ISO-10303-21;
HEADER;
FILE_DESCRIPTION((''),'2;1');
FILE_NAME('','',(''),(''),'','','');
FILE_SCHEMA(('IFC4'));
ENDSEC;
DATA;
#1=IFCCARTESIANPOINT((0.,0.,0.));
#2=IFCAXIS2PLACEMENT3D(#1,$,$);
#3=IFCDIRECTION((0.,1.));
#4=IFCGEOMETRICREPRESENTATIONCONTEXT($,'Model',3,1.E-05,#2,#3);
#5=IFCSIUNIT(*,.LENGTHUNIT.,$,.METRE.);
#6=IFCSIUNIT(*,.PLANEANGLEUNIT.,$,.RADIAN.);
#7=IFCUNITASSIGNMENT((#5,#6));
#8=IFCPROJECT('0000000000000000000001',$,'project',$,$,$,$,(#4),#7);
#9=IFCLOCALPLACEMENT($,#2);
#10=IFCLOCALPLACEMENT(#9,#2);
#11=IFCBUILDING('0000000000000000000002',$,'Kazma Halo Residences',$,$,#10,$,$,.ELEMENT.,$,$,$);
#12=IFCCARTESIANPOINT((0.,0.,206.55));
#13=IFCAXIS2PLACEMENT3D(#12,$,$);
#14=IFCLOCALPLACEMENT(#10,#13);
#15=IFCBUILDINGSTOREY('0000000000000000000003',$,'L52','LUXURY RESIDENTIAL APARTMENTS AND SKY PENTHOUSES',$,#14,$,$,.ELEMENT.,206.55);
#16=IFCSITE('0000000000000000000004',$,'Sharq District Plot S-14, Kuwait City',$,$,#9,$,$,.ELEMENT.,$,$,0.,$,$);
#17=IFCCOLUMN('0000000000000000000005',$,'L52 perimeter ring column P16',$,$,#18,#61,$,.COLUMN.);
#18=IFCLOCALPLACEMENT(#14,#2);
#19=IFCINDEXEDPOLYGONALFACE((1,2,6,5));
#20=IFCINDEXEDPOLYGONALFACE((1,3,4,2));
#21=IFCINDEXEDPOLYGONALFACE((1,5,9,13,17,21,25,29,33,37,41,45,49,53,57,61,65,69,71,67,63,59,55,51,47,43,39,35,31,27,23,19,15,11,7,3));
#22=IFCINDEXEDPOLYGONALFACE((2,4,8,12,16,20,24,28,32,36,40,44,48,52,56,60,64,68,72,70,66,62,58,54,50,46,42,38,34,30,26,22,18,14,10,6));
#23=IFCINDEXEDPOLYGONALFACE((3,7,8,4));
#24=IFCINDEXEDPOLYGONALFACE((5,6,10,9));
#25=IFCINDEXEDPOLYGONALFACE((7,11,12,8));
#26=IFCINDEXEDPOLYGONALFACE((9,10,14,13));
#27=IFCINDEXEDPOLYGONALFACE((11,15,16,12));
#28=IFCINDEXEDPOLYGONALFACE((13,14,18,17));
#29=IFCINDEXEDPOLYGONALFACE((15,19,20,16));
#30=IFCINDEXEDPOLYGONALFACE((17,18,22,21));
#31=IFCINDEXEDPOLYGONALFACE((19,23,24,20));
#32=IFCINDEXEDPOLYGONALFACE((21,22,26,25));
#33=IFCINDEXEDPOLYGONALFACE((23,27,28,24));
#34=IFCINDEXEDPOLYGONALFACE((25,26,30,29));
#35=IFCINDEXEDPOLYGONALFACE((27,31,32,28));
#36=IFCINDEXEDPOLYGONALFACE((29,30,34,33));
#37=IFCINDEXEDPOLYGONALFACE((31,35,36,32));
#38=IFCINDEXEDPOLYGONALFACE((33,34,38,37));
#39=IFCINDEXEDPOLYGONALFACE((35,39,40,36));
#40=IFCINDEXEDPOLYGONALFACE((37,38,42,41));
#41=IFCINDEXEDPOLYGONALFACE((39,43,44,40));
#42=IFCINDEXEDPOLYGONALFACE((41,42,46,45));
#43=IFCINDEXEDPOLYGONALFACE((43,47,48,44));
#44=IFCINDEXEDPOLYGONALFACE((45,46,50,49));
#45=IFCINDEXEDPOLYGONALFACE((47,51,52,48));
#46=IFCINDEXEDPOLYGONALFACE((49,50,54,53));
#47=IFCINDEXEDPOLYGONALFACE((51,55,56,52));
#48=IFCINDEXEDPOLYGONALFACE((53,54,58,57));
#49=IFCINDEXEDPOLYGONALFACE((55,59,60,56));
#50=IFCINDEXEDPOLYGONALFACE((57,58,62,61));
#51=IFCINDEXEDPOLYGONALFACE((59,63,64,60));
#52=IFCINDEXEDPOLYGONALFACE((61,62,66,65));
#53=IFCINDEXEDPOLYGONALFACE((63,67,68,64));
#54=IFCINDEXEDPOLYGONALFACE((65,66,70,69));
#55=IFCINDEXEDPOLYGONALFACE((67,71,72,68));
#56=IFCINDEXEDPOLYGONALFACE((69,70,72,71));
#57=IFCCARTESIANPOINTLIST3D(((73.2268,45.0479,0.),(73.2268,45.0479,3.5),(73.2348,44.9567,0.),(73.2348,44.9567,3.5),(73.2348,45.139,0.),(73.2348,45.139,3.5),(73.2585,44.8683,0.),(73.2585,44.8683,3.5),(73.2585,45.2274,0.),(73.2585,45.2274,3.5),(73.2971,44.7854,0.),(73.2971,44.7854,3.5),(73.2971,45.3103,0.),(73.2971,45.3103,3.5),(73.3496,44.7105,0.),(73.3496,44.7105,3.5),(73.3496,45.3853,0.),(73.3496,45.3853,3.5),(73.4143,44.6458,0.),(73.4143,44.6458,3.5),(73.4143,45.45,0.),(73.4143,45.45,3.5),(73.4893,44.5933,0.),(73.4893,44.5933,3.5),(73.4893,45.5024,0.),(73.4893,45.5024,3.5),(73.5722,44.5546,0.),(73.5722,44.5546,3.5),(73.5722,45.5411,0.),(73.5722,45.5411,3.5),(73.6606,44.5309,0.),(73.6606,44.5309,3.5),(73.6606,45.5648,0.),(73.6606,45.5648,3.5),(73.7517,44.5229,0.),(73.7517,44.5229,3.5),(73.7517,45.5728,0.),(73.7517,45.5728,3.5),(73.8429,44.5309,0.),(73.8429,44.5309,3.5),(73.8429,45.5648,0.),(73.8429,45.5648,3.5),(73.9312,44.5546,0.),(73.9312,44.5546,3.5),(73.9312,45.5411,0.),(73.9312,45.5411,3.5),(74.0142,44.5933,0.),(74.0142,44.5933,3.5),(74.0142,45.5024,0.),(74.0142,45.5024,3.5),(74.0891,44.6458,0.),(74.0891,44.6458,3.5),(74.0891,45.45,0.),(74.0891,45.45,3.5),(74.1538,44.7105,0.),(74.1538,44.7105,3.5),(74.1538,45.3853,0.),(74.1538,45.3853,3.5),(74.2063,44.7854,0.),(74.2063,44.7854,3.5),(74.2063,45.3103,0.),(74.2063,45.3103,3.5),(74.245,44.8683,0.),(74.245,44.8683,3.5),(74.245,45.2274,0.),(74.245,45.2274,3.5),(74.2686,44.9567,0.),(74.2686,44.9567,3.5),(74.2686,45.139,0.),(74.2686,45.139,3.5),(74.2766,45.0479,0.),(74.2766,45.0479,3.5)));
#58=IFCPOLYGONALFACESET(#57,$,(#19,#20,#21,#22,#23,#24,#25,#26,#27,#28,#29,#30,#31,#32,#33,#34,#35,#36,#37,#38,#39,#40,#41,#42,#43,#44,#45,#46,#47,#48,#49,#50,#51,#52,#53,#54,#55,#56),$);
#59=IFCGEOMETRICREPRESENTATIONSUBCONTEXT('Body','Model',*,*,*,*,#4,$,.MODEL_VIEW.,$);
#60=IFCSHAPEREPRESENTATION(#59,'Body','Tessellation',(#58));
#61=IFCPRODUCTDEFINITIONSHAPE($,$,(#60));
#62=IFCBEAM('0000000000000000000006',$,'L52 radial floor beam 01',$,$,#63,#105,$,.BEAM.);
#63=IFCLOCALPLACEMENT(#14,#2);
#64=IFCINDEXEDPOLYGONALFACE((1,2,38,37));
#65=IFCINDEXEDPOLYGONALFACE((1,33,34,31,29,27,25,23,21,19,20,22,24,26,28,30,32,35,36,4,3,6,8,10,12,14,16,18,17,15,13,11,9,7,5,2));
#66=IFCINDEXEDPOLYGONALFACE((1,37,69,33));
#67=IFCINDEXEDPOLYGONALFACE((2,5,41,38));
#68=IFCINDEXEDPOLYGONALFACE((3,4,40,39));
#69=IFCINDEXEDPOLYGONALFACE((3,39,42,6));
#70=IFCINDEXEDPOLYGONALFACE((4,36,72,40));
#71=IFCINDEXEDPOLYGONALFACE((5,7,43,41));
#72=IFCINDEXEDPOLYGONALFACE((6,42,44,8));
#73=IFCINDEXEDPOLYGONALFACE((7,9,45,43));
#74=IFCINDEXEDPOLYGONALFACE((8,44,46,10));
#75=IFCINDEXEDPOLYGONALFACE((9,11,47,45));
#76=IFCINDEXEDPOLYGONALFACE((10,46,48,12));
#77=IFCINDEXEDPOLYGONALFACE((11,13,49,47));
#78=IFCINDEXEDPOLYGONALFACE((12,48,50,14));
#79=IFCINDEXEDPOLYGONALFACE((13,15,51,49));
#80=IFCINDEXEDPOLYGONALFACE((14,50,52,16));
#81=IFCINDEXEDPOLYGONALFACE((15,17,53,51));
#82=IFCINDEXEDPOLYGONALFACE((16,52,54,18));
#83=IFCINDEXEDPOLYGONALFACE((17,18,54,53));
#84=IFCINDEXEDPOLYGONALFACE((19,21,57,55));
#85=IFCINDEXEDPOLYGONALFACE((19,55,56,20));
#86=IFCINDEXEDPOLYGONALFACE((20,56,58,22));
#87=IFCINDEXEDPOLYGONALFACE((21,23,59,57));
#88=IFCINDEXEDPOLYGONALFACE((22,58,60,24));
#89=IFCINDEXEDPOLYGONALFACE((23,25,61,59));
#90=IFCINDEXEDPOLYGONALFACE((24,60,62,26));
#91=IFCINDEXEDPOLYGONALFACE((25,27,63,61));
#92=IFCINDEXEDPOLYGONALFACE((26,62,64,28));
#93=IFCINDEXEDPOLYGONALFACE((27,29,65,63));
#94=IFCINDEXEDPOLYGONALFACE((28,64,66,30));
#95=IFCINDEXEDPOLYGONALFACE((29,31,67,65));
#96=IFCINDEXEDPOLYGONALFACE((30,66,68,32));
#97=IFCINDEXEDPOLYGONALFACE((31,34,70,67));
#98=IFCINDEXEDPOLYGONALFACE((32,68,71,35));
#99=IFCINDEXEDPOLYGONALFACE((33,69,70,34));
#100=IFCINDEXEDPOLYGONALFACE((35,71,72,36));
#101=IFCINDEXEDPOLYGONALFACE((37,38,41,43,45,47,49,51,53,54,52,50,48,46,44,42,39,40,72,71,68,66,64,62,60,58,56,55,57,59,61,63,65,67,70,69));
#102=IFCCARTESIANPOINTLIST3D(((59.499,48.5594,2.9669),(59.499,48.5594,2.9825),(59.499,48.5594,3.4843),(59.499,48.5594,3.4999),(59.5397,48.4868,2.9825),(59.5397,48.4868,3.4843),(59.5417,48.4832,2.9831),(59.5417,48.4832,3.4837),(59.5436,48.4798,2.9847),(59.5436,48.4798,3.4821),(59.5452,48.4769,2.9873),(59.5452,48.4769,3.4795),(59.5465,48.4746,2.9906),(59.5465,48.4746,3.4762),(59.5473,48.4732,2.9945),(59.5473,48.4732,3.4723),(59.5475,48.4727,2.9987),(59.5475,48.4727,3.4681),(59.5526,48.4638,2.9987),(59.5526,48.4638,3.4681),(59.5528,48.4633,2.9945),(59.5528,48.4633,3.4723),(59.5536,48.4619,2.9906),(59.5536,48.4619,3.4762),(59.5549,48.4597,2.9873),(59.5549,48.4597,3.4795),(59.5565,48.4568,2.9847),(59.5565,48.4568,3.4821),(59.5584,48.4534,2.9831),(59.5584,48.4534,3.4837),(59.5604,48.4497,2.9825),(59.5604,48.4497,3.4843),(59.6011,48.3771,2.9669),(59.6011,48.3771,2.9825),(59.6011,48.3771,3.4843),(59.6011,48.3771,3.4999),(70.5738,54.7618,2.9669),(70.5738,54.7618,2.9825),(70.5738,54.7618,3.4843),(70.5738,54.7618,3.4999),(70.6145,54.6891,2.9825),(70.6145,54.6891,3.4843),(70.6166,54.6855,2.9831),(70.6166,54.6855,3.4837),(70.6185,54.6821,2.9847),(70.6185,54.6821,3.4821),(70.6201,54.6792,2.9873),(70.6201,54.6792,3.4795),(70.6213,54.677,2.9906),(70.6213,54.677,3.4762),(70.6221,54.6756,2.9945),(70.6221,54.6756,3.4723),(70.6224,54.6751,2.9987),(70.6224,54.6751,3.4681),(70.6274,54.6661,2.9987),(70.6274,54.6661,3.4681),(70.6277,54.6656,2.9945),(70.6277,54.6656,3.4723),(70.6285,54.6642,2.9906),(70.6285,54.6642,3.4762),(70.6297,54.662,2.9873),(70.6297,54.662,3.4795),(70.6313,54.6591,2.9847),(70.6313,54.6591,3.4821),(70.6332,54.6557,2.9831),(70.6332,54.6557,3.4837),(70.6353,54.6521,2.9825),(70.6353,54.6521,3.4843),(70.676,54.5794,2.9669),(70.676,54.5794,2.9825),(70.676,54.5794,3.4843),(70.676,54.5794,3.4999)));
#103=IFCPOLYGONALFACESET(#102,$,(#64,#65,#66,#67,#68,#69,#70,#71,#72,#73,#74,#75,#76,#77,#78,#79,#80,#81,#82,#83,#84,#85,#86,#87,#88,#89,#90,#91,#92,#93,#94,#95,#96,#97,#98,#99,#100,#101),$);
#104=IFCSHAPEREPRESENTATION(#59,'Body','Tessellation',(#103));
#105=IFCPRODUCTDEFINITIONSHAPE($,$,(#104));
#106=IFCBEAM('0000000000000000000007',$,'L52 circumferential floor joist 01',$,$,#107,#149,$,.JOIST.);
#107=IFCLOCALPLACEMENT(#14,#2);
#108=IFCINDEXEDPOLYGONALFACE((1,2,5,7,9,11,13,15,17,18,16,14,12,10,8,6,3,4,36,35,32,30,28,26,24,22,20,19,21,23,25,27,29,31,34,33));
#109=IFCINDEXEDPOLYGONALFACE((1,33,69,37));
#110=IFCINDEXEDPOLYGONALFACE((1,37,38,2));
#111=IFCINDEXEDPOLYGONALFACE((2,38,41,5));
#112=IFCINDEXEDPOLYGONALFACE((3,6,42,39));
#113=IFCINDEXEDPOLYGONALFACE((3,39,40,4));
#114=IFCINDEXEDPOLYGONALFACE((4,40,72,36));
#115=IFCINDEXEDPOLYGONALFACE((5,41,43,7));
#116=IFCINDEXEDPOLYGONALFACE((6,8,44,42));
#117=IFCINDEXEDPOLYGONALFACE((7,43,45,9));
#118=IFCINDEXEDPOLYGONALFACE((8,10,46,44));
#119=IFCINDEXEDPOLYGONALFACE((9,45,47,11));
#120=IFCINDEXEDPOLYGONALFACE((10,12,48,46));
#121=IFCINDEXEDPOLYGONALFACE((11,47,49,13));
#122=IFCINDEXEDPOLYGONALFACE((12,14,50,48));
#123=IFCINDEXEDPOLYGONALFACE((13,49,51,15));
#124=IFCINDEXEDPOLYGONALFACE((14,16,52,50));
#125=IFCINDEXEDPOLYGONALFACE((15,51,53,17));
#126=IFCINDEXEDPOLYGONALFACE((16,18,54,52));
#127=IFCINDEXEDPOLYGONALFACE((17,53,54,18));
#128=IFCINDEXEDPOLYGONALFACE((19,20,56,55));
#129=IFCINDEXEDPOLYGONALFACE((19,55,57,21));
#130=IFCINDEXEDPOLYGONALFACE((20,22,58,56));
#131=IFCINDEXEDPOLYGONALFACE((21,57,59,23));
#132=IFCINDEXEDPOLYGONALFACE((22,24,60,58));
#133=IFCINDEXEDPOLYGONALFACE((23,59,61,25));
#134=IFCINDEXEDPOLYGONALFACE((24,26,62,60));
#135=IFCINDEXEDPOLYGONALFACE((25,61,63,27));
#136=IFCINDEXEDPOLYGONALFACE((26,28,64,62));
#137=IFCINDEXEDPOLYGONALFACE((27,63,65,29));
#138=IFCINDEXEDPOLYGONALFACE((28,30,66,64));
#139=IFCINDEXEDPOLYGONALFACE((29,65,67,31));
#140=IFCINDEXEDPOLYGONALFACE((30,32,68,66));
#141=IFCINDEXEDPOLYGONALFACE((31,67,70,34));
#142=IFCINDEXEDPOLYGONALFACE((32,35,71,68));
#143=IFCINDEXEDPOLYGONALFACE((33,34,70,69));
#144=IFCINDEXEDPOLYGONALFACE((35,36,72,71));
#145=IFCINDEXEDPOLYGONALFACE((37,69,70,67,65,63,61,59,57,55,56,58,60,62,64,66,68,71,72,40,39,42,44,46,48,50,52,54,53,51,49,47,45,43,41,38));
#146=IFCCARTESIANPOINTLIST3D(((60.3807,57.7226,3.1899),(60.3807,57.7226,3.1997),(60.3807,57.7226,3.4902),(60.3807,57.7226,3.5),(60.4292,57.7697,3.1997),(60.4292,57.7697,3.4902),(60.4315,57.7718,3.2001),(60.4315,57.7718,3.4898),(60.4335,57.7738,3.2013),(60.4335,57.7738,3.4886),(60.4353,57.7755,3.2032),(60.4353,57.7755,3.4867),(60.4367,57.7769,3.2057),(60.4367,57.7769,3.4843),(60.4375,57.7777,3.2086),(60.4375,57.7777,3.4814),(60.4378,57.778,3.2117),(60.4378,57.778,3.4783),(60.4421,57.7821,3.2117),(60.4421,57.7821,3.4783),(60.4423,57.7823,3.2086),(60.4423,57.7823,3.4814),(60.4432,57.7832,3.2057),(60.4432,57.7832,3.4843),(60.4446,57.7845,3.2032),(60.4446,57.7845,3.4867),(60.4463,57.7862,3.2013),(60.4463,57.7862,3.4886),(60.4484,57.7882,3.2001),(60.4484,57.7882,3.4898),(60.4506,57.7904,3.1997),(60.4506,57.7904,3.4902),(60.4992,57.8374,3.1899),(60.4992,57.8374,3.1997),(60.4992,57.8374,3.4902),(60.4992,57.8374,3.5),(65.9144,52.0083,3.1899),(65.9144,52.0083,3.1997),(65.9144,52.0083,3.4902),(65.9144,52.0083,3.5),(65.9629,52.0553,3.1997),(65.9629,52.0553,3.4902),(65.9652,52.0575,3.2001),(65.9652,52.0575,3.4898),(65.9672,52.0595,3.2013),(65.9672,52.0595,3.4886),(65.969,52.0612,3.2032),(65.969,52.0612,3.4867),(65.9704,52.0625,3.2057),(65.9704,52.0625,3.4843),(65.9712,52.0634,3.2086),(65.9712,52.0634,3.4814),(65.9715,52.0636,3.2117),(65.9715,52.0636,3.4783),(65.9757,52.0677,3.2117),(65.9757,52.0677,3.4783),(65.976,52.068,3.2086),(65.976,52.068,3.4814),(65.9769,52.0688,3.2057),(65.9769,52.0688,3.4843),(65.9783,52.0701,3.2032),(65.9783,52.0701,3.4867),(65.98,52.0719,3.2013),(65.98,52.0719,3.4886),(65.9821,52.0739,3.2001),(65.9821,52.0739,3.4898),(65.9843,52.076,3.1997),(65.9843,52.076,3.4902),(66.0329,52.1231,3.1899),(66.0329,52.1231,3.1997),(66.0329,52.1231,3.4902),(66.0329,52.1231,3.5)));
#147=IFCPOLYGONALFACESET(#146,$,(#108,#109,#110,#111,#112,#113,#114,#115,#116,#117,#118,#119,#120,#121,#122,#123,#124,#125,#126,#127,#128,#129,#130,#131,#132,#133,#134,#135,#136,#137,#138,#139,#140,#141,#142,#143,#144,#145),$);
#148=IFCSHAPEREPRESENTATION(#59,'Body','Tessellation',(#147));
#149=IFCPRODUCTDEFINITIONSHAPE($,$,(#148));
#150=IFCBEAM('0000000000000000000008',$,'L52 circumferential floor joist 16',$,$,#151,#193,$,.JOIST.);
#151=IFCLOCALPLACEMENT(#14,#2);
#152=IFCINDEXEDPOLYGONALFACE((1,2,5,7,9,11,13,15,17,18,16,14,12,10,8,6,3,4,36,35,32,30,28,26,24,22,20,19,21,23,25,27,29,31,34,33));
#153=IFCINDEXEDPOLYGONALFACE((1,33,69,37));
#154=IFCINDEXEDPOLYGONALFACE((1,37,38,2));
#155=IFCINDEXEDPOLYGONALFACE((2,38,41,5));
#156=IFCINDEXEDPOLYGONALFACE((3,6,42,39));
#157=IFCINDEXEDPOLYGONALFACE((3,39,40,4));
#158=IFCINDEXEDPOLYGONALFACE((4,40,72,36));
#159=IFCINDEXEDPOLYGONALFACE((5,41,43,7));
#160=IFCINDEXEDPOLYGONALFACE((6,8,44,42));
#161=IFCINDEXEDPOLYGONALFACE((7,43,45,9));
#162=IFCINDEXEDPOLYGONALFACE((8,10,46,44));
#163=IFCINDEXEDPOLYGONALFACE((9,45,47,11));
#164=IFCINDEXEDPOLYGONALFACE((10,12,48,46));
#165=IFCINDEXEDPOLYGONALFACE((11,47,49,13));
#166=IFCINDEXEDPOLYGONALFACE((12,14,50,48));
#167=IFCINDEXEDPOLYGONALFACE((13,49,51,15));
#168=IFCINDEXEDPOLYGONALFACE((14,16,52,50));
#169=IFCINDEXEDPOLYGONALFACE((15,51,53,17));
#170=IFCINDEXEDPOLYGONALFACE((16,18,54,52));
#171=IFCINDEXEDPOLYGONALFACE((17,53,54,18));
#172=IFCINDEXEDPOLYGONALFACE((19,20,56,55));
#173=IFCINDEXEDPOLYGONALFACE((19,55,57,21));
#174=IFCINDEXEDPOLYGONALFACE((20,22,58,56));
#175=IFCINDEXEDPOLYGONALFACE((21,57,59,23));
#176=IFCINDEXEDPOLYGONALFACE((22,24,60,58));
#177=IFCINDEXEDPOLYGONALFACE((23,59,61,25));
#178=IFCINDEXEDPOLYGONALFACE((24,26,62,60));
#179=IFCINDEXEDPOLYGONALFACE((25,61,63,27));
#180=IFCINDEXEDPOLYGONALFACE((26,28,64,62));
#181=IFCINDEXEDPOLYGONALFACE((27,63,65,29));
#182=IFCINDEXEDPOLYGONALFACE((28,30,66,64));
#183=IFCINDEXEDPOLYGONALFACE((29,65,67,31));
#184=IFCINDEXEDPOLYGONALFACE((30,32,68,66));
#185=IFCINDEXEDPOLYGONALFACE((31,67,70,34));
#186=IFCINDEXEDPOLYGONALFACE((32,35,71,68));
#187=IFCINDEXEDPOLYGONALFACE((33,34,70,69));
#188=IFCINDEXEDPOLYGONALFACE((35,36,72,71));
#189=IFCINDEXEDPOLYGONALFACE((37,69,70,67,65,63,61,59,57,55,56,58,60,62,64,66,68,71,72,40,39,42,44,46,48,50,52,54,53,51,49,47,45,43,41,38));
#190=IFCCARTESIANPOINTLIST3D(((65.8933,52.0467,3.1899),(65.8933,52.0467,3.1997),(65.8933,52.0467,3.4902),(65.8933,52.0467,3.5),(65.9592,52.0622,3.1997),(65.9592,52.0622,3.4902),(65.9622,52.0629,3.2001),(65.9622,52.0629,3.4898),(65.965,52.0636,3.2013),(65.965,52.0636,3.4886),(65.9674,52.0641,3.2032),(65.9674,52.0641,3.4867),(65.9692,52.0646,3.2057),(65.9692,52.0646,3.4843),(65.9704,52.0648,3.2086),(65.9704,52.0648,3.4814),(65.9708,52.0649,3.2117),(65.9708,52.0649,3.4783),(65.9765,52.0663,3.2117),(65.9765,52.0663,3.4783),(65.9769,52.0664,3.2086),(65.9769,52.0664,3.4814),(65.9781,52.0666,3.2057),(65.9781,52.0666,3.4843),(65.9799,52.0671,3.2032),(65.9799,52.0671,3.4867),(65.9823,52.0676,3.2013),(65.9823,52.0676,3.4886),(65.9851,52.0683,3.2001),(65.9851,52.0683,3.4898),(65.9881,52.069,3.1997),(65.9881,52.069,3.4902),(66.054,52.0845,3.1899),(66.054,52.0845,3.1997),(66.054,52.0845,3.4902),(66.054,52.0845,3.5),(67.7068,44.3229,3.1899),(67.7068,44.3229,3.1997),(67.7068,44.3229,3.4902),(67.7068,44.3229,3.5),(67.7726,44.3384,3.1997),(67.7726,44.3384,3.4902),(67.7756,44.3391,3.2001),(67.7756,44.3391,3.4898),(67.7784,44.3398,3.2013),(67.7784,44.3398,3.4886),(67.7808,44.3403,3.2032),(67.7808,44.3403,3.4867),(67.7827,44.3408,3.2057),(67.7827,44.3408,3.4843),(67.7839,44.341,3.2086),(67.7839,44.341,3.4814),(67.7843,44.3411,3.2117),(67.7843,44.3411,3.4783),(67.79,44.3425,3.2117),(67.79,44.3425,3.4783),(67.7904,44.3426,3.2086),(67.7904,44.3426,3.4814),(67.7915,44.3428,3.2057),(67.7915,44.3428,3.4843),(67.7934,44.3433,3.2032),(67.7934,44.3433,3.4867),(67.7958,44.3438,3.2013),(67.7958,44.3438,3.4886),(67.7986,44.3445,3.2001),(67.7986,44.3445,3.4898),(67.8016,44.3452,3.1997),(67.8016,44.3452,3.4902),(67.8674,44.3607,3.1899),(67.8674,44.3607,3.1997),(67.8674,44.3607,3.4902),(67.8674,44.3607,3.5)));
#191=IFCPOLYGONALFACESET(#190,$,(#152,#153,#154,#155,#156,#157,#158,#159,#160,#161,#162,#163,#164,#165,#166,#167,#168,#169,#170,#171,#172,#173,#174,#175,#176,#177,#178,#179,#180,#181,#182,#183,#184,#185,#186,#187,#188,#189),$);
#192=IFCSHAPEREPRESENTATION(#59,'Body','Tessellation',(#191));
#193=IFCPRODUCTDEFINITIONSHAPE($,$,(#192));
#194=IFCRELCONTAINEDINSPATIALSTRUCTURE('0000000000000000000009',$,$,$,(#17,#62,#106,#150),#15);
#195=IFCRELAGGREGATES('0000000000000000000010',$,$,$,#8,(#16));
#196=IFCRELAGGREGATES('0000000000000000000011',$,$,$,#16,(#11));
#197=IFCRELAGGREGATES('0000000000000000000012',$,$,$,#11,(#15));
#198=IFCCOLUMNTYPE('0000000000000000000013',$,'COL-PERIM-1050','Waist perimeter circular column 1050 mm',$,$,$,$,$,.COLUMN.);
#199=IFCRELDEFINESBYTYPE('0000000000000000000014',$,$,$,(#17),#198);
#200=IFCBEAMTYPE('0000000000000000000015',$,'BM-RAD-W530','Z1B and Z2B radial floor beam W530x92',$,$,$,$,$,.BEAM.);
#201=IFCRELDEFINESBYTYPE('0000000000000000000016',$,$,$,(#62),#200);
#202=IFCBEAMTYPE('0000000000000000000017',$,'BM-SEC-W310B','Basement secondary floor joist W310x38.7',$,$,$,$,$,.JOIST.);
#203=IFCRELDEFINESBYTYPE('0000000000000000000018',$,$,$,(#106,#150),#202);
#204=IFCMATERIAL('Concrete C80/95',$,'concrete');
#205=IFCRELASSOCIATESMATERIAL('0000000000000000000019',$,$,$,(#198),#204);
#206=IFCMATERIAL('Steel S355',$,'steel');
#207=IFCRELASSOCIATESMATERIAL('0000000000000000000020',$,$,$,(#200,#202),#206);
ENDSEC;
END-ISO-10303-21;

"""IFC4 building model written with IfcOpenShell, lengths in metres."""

from ifc_helpers import new_model, si_unit, direction, frame, origin, origin_2d, place, context, subcontext, project, spatial, circle, i_section, extrude, material, material_profile, profile_set, type_object, element, save


model = new_model("IFC4")

# Units and contexts
model_context = context("Model", 3, precision=1e-05, world=origin(), true_north=direction((0.0, 1.0)))
body_context = subcontext(model_context, "Body", "Model", "MODEL_VIEW")
ifc_project = project(units=[si_unit("LENGTHUNIT", "METRE"), si_unit("PLANEANGLEUNIT", "RADIAN")], contexts=[model_context])

# Site, building, storey
site_placement = place(None, origin())
site = spatial("IfcSite", under=ifc_project, at=site_placement, Name="Sharq District Plot S-14, Kuwait City", CompositionType="ELEMENT", RefElevation=0.0)
building_placement = place(site_placement, origin())
building = spatial("IfcBuilding", under=site, at=building_placement, Name="Kazma Halo Residences", CompositionType="ELEMENT")
storey_placement = place(building_placement, frame((0.0, 0.0, 206.55)))
storey = spatial("IfcBuildingStorey", under=building, at=storey_placement, Name="L52", Description="LUXURY RESIDENTIAL APARTMENTS AND SKY PENTHOUSES", CompositionType="ELEMENT", Elevation=206.55)

# Column
ifc_material_1 = material(Name="Concrete C80/95", Category="concrete")
ifc_material_profile_1 = material_profile(ifc_material_1, circle(Radius=0.5249, at=origin_2d()), Name="CIRC1050")
ifc_profile_set_1 = profile_set([ifc_material_profile_1], Name="Concrete C80/95")
column_type = type_object("IfcColumnType", Name="COL-PERIM-1050", Description="Waist perimeter circular column 1050 mm", PredefinedType="COLUMN", material=ifc_profile_set_1)
column_placement = place(storey_placement, frame((73.7517, 45.0479, 0.0), z_axis=(0.0, 0.0, 1.0), x_axis=(1.0, 0.0, 0.0)))
element("IfcColumn", 1, at=column_placement, inside=storey, type_object=column_type, Name="L52 perimeter ring column P16", PredefinedType="COLUMN", context=body_context, shape_type="SweptSolid", body=[
    extrude(circle(Radius=0.5249, at=origin_2d()), origin(), (0.0, 0.0, 1.0), 3.5),
])

# Beams
ifc_material_2 = material(Name="Steel S355", Category="steel")
ifc_material_profile_2 = material_profile(ifc_material_2, i_section(OverallWidth=0.209, OverallDepth=0.533, WebThickness=0.0103, FlangeThickness=0.0156, FilletRadius=0.0161, at=origin_2d()), Name="W530x92")
ifc_profile_set_2 = profile_set([ifc_material_profile_2], Name="Steel S355")
beam_type_1 = type_object("IfcBeamType", Name="BM-RAD-W530", Description="Z1B and Z2B radial floor beam W530x92", PredefinedType="BEAM", material=ifc_profile_set_2)
beam_1_placement = place(storey_placement, frame((59.55, 48.4683, 3.2334), z_axis=(0.872492, 0.488629, 0.0), x_axis=(-0.488629, 0.872492, 0.0)))
element("IfcBeam", 2, at=beam_1_placement, inside=storey, type_object=beam_type_1, Name="L52 radial floor beam 01", PredefinedType="BEAM", context=body_context, shape_type="SweptSolid", body=[
    extrude(i_section(OverallWidth=0.209, OverallDepth=0.533, WebThickness=0.0103, FlangeThickness=0.0156, FilletRadius=0.0161, at=origin_2d()), origin(), (0.0, 0.0, 1.0), 12.6934),
])
ifc_material_profile_3 = material_profile(ifc_material_2, i_section(OverallWidth=0.165, OverallDepth=0.3101, WebThickness=0.0059, FlangeThickness=0.0098, FilletRadius=0.012, at=origin_2d()), Name="W310x38.7")
ifc_profile_set_3 = profile_set([ifc_material_profile_3], Name="Steel S355")
beam_type_2 = type_object("IfcBeamType", Name="BM-SEC-W310B", Description="Basement secondary floor joist W310x38.7", PredefinedType="JOIST", material=ifc_profile_set_3)
beam_2_placement = place(storey_placement, frame((65.9736, 52.0657, 3.345), z_axis=(-0.69566, 0.718372, 0.0), x_axis=(-0.718372, -0.69566, 0.0)))
element("IfcBeam", 3, at=beam_2_placement, inside=storey, type_object=beam_type_2, Name="L52 circumferential floor joist 01", PredefinedType="JOIST", context=body_context, shape_type="SweptSolid", body=[
    extrude(i_section(OverallWidth=0.165, OverallDepth=0.3101, WebThickness=0.0059, FlangeThickness=0.0098, FilletRadius=0.012, at=origin_2d()), origin(), (0.0, 0.0, 1.0), 7.9546),
])
beam_3_placement = place(storey_placement, frame((67.7871, 44.3418, 3.345), z_axis=(-0.228573, 0.973527, 0.0), x_axis=(-0.973527, -0.228573, 0.0)))
element("IfcBeam", 4, at=beam_3_placement, inside=storey, type_object=beam_type_2, Name="L52 circumferential floor joist 16", PredefinedType="JOIST", context=body_context, shape_type="SweptSolid", body=[
    extrude(i_section(OverallWidth=0.165, OverallDepth=0.3101, WebThickness=0.0059, FlangeThickness=0.0098, FilletRadius=0.012, at=origin_2d()), origin(), (0.0, 0.0, 1.0), 7.9338),
])

save(model, "model.ifc")
